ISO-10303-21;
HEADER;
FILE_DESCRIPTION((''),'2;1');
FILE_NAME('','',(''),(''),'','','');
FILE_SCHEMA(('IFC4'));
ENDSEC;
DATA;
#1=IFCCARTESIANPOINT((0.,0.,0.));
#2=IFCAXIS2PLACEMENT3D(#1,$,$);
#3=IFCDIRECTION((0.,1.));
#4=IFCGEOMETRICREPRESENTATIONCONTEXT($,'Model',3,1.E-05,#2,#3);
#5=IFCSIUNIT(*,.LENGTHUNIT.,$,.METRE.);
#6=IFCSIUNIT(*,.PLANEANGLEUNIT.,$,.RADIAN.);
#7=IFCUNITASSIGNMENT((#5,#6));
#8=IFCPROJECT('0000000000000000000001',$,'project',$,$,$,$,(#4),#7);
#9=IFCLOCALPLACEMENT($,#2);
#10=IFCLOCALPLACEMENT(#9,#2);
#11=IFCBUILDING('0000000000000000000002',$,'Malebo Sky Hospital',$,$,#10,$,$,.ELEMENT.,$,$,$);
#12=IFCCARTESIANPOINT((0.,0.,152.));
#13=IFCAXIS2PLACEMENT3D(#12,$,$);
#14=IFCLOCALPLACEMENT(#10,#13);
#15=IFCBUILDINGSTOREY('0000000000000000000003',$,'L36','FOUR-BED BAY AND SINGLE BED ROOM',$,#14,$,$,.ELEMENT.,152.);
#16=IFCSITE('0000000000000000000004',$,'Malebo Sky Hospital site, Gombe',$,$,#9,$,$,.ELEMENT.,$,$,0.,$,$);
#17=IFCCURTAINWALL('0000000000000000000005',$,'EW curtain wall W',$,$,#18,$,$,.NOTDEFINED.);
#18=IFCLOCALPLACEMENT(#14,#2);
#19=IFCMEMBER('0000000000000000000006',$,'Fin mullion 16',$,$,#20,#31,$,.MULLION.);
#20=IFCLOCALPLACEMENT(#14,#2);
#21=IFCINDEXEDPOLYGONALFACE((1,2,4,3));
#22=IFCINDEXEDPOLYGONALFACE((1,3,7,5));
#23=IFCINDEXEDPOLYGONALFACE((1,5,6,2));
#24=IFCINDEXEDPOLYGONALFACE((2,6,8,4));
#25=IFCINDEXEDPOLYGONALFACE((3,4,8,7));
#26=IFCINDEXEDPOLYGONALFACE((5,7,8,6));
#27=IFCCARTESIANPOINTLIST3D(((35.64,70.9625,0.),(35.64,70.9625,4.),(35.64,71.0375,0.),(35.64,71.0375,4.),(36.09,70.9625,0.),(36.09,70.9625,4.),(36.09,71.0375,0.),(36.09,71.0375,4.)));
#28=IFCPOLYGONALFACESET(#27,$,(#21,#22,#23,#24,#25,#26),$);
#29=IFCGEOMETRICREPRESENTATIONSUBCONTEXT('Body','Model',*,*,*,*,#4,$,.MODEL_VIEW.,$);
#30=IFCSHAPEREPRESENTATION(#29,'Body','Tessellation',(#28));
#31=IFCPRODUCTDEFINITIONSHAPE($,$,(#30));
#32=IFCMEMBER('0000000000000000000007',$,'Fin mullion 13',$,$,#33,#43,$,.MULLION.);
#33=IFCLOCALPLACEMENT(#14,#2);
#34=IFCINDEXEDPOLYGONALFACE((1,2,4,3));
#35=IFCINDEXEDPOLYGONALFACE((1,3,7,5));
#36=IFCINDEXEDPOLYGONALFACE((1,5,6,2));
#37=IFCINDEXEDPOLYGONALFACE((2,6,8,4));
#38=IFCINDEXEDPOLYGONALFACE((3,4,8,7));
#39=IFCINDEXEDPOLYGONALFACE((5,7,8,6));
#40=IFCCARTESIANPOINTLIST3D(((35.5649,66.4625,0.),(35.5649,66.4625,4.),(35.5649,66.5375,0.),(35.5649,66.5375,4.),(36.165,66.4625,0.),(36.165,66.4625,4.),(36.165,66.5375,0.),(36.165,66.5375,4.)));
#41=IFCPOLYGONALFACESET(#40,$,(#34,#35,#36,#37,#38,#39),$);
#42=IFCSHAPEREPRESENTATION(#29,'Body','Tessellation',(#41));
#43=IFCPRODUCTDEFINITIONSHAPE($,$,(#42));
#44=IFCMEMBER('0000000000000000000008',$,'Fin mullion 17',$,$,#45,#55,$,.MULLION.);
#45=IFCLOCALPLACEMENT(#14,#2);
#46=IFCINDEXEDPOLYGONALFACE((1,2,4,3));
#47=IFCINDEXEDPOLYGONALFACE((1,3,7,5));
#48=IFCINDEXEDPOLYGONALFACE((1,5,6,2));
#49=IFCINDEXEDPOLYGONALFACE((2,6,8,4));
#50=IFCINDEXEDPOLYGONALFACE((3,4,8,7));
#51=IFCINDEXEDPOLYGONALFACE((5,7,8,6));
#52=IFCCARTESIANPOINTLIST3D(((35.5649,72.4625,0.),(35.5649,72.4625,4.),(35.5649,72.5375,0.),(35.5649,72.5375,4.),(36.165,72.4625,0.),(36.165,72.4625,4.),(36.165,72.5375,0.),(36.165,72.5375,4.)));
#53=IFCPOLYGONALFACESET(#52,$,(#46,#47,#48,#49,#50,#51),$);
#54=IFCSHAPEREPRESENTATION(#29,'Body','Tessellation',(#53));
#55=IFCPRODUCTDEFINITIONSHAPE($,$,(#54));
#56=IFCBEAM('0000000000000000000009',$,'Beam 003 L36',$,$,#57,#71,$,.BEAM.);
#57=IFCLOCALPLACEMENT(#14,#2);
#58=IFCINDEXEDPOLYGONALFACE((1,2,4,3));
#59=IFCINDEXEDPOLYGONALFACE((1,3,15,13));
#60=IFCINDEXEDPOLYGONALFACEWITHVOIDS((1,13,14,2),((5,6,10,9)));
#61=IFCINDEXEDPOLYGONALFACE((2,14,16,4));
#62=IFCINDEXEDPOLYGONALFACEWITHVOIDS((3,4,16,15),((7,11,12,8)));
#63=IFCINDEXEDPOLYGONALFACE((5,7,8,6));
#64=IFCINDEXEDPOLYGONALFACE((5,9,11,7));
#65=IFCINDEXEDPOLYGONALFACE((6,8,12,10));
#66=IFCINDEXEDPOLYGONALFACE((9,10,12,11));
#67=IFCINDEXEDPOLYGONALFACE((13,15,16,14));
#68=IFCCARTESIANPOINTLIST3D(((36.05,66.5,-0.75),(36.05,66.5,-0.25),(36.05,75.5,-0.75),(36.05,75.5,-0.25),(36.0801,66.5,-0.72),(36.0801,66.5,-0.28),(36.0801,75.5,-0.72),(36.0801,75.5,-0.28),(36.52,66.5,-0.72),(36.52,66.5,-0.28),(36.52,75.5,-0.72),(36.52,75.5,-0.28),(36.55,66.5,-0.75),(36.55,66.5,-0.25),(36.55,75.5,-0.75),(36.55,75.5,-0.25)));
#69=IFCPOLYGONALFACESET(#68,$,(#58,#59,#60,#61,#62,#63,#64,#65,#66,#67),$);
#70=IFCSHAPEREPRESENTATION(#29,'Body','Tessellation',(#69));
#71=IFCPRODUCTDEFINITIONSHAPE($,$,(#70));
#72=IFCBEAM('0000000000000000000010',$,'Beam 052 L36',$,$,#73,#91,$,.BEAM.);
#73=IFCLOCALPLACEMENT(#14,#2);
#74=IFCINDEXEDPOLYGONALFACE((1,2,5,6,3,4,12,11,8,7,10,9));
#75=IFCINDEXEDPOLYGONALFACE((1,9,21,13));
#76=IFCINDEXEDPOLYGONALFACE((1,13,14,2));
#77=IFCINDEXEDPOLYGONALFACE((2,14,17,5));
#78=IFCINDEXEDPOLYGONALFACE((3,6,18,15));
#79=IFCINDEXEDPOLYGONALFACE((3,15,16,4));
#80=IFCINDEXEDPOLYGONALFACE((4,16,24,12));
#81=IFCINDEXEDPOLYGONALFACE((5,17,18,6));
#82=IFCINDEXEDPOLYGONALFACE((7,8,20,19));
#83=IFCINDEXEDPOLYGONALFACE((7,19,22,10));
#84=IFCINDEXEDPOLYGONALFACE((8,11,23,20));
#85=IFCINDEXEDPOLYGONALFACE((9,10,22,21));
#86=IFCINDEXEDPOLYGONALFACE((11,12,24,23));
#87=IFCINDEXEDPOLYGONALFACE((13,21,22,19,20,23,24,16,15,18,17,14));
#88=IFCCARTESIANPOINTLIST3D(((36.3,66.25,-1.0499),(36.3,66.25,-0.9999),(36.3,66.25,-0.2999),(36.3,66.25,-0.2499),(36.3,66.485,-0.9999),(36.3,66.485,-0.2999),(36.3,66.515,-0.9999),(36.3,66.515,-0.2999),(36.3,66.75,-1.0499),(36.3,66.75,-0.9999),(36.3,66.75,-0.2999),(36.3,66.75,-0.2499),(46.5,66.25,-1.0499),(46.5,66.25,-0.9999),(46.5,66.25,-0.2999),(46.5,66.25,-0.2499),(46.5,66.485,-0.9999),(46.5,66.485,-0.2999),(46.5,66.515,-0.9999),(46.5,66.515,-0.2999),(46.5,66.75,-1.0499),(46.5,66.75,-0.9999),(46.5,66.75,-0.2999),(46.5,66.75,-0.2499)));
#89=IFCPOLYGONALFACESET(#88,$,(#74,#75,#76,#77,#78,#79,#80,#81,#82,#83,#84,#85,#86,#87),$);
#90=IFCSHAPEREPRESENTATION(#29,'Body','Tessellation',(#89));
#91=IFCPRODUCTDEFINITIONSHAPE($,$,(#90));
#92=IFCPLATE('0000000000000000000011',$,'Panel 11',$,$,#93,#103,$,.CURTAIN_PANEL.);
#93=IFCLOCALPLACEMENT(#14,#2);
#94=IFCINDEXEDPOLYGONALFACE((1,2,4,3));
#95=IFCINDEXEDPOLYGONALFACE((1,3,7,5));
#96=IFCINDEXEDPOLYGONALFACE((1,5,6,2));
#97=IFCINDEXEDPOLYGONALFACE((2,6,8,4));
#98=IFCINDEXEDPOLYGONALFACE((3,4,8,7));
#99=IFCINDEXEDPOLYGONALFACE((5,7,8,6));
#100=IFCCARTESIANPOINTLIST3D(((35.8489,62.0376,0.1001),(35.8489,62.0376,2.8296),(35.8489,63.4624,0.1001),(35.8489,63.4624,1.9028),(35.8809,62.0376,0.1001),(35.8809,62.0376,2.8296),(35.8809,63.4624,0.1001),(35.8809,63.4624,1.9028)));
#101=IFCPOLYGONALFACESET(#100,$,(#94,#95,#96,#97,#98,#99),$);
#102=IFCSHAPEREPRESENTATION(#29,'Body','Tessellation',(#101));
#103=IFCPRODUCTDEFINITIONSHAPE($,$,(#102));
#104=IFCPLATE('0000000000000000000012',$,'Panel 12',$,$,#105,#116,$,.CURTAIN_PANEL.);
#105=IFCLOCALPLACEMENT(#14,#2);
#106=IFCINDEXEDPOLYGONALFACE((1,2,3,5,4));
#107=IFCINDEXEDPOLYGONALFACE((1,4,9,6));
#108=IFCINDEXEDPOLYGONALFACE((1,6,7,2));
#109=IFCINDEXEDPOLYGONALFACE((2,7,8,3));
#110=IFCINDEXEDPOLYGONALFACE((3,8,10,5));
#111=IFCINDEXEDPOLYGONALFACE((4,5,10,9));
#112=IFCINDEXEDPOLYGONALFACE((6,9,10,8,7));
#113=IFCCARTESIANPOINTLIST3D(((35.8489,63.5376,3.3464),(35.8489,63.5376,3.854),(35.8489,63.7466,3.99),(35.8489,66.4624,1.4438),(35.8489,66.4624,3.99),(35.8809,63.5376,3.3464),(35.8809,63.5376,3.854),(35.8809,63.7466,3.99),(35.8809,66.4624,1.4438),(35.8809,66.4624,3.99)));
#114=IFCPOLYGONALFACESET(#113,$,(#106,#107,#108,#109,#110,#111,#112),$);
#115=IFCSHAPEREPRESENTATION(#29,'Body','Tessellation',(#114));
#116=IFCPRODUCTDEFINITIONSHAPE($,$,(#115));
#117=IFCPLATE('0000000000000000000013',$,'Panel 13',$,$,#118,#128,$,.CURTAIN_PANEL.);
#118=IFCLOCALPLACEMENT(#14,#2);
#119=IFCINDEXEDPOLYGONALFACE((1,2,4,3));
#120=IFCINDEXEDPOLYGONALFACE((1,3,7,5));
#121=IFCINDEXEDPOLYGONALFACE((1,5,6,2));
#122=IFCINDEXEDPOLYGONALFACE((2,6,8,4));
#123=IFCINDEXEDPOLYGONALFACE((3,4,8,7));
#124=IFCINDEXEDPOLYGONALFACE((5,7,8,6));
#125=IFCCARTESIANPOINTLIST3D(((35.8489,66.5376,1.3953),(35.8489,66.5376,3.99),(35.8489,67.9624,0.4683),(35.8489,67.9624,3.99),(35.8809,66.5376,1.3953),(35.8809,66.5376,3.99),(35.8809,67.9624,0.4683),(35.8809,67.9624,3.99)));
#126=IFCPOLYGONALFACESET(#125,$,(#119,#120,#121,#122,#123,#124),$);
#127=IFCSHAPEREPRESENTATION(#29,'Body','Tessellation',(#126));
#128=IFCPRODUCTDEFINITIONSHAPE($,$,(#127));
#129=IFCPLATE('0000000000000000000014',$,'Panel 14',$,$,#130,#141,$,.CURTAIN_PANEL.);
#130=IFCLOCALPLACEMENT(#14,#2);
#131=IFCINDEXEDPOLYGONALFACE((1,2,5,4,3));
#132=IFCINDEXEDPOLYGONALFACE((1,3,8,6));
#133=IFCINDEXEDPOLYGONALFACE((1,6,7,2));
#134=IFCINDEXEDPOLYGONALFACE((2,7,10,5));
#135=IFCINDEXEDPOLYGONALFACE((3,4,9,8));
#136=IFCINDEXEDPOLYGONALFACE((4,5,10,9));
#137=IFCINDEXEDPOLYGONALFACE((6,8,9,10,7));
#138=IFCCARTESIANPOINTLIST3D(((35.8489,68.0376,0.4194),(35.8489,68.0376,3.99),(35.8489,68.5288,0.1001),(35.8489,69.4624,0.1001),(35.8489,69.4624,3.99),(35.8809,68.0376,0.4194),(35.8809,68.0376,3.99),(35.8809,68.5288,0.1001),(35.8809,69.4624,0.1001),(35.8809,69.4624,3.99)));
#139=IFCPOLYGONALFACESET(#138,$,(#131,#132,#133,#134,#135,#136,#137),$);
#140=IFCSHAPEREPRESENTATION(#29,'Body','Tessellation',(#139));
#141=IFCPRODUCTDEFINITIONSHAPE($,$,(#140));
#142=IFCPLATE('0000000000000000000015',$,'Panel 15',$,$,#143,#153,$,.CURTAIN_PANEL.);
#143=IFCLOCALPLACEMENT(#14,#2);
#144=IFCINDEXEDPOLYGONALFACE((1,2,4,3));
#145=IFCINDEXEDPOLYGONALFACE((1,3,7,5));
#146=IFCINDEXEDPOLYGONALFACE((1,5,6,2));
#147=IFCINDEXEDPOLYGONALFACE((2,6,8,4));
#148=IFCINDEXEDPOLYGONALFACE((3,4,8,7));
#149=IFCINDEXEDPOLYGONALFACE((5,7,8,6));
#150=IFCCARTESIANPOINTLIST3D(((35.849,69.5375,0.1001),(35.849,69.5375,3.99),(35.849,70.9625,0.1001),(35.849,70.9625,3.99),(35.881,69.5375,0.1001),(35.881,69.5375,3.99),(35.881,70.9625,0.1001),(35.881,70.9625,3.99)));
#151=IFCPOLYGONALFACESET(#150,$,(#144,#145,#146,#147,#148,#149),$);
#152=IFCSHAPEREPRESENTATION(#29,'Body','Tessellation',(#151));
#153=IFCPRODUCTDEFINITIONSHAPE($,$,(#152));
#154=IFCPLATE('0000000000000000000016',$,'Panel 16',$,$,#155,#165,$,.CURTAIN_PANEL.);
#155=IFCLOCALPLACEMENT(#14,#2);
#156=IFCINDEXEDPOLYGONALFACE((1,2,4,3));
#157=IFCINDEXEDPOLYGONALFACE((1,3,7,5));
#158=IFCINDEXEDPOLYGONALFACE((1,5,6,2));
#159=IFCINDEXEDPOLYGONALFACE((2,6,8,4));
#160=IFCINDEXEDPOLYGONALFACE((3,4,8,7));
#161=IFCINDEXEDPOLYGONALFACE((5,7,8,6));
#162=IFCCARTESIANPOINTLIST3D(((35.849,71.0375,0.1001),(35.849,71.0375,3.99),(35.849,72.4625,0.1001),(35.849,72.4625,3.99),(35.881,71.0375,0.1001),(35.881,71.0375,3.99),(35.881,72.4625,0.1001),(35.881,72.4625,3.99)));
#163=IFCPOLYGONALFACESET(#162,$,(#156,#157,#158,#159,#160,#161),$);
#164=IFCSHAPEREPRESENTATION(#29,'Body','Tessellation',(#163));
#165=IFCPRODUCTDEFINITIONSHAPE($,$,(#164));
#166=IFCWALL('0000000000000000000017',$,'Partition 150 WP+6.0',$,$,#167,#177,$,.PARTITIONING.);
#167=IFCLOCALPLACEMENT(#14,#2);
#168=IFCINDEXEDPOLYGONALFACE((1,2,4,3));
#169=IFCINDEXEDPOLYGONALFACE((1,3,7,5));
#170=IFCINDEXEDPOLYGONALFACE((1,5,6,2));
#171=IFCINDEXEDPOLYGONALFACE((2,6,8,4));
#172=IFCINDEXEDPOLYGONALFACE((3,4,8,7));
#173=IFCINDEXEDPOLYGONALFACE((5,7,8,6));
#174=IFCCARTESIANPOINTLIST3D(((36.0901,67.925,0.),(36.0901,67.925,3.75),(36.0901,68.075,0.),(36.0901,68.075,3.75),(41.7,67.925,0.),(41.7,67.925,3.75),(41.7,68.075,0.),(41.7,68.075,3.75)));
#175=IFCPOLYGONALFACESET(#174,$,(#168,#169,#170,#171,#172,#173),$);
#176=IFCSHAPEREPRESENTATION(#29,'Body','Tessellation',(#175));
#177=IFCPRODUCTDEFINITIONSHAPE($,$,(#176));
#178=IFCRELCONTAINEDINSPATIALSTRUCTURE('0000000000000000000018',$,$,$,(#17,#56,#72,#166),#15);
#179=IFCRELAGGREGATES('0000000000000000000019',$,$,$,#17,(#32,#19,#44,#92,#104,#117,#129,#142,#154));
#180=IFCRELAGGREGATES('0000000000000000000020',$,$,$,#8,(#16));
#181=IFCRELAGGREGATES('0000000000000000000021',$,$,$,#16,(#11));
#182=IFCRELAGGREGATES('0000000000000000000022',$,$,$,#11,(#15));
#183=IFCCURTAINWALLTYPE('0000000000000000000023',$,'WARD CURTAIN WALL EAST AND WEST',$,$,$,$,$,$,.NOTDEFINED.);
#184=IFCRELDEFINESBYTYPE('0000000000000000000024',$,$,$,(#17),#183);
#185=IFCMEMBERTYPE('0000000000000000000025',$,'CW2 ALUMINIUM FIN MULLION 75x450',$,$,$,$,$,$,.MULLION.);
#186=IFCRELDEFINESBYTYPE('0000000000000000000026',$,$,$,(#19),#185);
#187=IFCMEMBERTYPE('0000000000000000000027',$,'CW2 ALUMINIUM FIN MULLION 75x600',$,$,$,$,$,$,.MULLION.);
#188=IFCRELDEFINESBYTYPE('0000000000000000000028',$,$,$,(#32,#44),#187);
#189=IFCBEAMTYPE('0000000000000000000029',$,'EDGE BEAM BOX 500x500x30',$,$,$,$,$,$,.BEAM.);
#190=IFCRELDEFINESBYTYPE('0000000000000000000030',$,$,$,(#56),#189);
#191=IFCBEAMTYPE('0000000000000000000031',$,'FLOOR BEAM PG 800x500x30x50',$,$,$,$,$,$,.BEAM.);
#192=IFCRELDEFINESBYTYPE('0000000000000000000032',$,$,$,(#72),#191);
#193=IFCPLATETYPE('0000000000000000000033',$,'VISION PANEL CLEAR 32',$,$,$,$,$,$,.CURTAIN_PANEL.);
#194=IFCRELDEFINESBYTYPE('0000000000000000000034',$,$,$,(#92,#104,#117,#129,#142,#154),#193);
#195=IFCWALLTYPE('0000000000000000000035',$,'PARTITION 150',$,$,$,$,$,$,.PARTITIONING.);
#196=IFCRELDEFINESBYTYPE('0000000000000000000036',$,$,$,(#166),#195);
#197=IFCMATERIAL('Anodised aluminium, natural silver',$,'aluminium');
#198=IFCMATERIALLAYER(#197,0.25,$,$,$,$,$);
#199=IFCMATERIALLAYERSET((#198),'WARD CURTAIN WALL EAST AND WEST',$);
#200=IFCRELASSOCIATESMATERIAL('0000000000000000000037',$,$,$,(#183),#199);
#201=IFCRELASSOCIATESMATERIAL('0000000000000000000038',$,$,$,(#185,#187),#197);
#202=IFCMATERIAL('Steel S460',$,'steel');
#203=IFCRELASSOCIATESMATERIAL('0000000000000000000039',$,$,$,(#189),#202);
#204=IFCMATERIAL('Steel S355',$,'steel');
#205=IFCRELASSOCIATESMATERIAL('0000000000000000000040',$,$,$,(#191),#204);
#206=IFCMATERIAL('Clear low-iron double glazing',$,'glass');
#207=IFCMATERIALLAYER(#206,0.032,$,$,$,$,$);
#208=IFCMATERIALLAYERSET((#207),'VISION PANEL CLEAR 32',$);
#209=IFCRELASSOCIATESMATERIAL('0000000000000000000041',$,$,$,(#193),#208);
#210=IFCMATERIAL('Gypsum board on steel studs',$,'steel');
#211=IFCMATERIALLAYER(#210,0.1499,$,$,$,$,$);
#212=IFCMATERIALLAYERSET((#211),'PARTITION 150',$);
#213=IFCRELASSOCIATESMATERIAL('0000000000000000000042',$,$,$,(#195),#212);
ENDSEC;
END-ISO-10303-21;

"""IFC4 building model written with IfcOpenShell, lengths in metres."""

from ifc_helpers import new_model, si_unit, direction, frame, frame_2d, origin, origin_2d, place, context, subcontext, project, spatial, polyline, rectangle, hollow_rectangle, i_section, outline, extrude, material, layer, layer_set, material_profile, profile_set, type_object, element, aggregate, save


model = new_model("IFC4")

# Units and contexts
model_context = context("Model", 3, precision=1e-05, world=origin(), true_north=direction((0.0, 1.0)))
body_context = subcontext(model_context, "Body", "Model", "MODEL_VIEW")
ifc_project = project(units=[si_unit("LENGTHUNIT", "METRE"), si_unit("PLANEANGLEUNIT", "RADIAN")], contexts=[model_context])

# Site, building, storey
site_placement = place(None, origin())
site = spatial("IfcSite", under=ifc_project, at=site_placement, Name="Malebo Sky Hospital site, Gombe", CompositionType="ELEMENT", RefElevation=0.0)
building_placement = place(site_placement, origin())
building = spatial("IfcBuilding", under=site, at=building_placement, Name="Malebo Sky Hospital", CompositionType="ELEMENT")
storey_placement = place(building_placement, frame((0.0, 0.0, 152.0)))
storey = spatial("IfcBuildingStorey", under=building, at=storey_placement, Name="L36", Description="FOUR-BED BAY AND SINGLE BED ROOM", CompositionType="ELEMENT", Elevation=152.0)

# Shared definitions
ifc_material_1 = material(Name="Steel S460", Category="steel")

# Curtain wall
ifc_material_2 = material(Name="Anodised aluminium, natural silver", Category="aluminium")
ifc_layer_1 = layer(ifc_material_2, 0.25)
ifc_layer_set_1 = layer_set([ifc_layer_1], Name="WARD CURTAIN WALL EAST AND WEST")
curtain_wall_type = type_object("IfcCurtainWallType", Name="WARD CURTAIN WALL EAST AND WEST", PredefinedType="NOTDEFINED", material=ifc_layer_set_1)
curtain_wall_placement = place(storey_placement, origin())
curtain_wall = element("IfcCurtainWall", 1, at=curtain_wall_placement, inside=storey, type_object=curtain_wall_type, Name="EW curtain wall W", PredefinedType="NOTDEFINED")

# Members
ifc_material_3 = material(Name="Steel S355", Category="steel")
ifc_material_profile_1 = material_profile(ifc_material_2, rectangle(XDim=0.075, YDim=0.45, at=origin_2d()), Name="CW2 ALUMINIUM FIN MULLION 75x450")
ifc_profile_set_1 = profile_set([ifc_material_profile_1], Name="Anodised aluminium, natural silver")
member_type_1 = type_object("IfcMemberType", Name="CW2 ALUMINIUM FIN MULLION 75x450", PredefinedType="MULLION", material=ifc_profile_set_1)
member_1_placement = place(storey_placement, frame((35.865, 71.0, 0.0), z_axis=(0.0, 0.0, 1.0), x_axis=(0.0, 1.0, 0.0)))
member_1 = element("IfcMember", 2, at=member_1_placement, type_object=member_type_1, Name="Fin mullion 16", PredefinedType="MULLION", context=body_context, shape_type="SweptSolid", body=[
    extrude(rectangle(XDim=0.075, YDim=0.45, at=origin_2d()), origin(), (0.0, 0.0, 1.0), 4.0),
])
ifc_material_profile_2 = material_profile(ifc_material_2, rectangle(XDim=0.075, YDim=0.6001, at=origin_2d()), Name="CW2 ALUMINIUM FIN MULLION 75x600")
ifc_profile_set_2 = profile_set([ifc_material_profile_2], Name="Anodised aluminium, natural silver")
member_type_2 = type_object("IfcMemberType", Name="CW2 ALUMINIUM FIN MULLION 75x600", PredefinedType="MULLION", material=ifc_profile_set_2)
member_2_placement = place(storey_placement, frame((35.865, 66.5, 0.0), z_axis=(0.0, 0.0, 1.0), x_axis=(0.0, 1.0, 0.0)))
member_2 = element("IfcMember", 3, at=member_2_placement, type_object=member_type_2, Name="Fin mullion 13", PredefinedType="MULLION", context=body_context, shape_type="SweptSolid", body=[
    extrude(rectangle(XDim=0.075, YDim=0.6001, at=origin_2d()), origin(), (0.0, 0.0, 1.0), 4.0),
])
member_3_placement = place(storey_placement, frame((35.865, 72.5, 0.0), z_axis=(0.0, 0.0, 1.0), x_axis=(0.0, 1.0, 0.0)))
member_3 = element("IfcMember", 4, at=member_3_placement, type_object=member_type_2, Name="Fin mullion 17", PredefinedType="MULLION", context=body_context, shape_type="SweptSolid", body=[
    extrude(rectangle(XDim=0.075, YDim=0.6001, at=origin_2d()), origin(), (0.0, 0.0, 1.0), 4.0),
])

# Beams
ifc_material_profile_3 = material_profile(ifc_material_1, hollow_rectangle(XDim=0.5, YDim=0.5, WallThickness=0.03, at=origin_2d()), Name="BOX 500x500x30")
ifc_profile_set_3 = profile_set([ifc_material_profile_3], Name="Steel S460")
beam_type_1 = type_object("IfcBeamType", Name="EDGE BEAM BOX 500x500x30", PredefinedType="BEAM", material=ifc_profile_set_3)
beam_1_placement = place(storey_placement, frame((36.3, 66.5, -0.5), z_axis=(0.0, 1.0, 0.0), x_axis=(-1.0, 0.0, 0.0)))
element("IfcBeam", 5, at=beam_1_placement, inside=storey, type_object=beam_type_1, Name="Beam 003 L36", PredefinedType="BEAM", context=body_context, shape_type="SweptSolid", body=[
    extrude(hollow_rectangle(XDim=0.5, YDim=0.5, WallThickness=0.03, at=origin_2d()), origin(), (0.0, 0.0, 1.0), 9.0),
])
ifc_material_profile_4 = material_profile(ifc_material_3, i_section(OverallWidth=0.5, OverallDepth=0.8, WebThickness=0.03, FlangeThickness=0.05, at=origin_2d()), Name="PG 800x500x30x50")
ifc_profile_set_4 = profile_set([ifc_material_profile_4], Name="Steel S355")
beam_type_2 = type_object("IfcBeamType", Name="FLOOR BEAM PG 800x500x30x50", PredefinedType="BEAM", material=ifc_profile_set_4)
beam_2_placement = place(storey_placement, frame((36.3, 66.5, -0.6499), z_axis=(1.0, 0.0, 0.0), x_axis=(0.0, 1.0, 0.0)))
element("IfcBeam", 6, at=beam_2_placement, inside=storey, type_object=beam_type_2, Name="Beam 052 L36", PredefinedType="BEAM", context=body_context, shape_type="SweptSolid", body=[
    extrude(i_section(OverallWidth=0.5, OverallDepth=0.8, WebThickness=0.03, FlangeThickness=0.05, at=origin_2d()), origin(), (0.0, 0.0, 1.0), 10.2),
])

# Plates
ifc_material_4 = material(Name="Clear low-iron double glazing", Category="glass")
ifc_layer_2 = layer(ifc_material_4, 0.032)
ifc_layer_set_2 = layer_set([ifc_layer_2], Name="VISION PANEL CLEAR 32")
plate_type = type_object("IfcPlateType", Name="VISION PANEL CLEAR 32", PredefinedType="CURTAIN_PANEL", material=ifc_layer_set_2)
plate_1_placement = place(storey_placement, frame((35.865, 62.75, 0.1001), z_axis=(0.0, 0.0, 1.0), x_axis=(0.0, 1.0, 0.0)))
plate_1 = element("IfcPlate", 7, at=plate_1_placement, type_object=plate_type, Name="Panel 11", PredefinedType="CURTAIN_PANEL", context=body_context, shape_type="SweptSolid", body=[
    extrude(outline(polyline([(-0.7124, 0.0), (0.7124, 0.0), (0.7124, 1.8027), (-0.7124, 2.7295), (-0.7124, 0.0)])), frame((0.0, 0.0161, 0.0), z_axis=(0.0, -1.0, 0.0), x_axis=(1.0, 0.0, 0.0)), (0.0, 0.0, 1.0), 0.032),
])
plate_2_placement = place(storey_placement, frame((35.865, 65.0, 1.4438), z_axis=(0.0, 0.0, 1.0), x_axis=(0.0, 1.0, 0.0)))
plate_2 = element("IfcPlate", 8, at=plate_2_placement, type_object=plate_type, Name="Panel 12", PredefinedType="CURTAIN_PANEL", context=body_context, shape_type="SweptSolid", body=[
    extrude(outline(polyline([(1.4624, 0.0), (1.4624, 2.5461), (-1.2534, 2.5461), (-1.4624, 2.4102), (-1.4624, 1.9026), (1.4624, 0.0)])), frame((0.0, 0.0161, 0.0), z_axis=(0.0, -1.0, 0.0), x_axis=(1.0, 0.0, 0.0)), (0.0, 0.0, 1.0), 0.032),
])
plate_3_placement = place(storey_placement, frame((35.865, 67.25, 0.4683), z_axis=(0.0, 0.0, 1.0), x_axis=(0.0, 1.0, 0.0)))
plate_3 = element("IfcPlate", 9, at=plate_3_placement, type_object=plate_type, Name="Panel 13", PredefinedType="CURTAIN_PANEL", context=body_context, shape_type="SweptSolid", body=[
    extrude(outline(polyline([(0.7124, 0.0), (0.7124, 3.5217), (-0.7124, 3.5217), (-0.7124, 0.927), (0.7124, 0.0)])), frame((0.0, 0.0161, 0.0), z_axis=(0.0, -1.0, 0.0), x_axis=(1.0, 0.0, 0.0)), (0.0, 0.0, 1.0), 0.032),
])
plate_4_placement = place(storey_placement, frame((35.865, 68.75, 0.1001), z_axis=(0.0, 0.0, 1.0), x_axis=(0.0, 1.0, 0.0)))
plate_4 = element("IfcPlate", 10, at=plate_4_placement, type_object=plate_type, Name="Panel 14", PredefinedType="CURTAIN_PANEL", context=body_context, shape_type="SweptSolid", body=[
    extrude(outline(polyline([(-0.2212, 0.0), (0.7124, 0.0), (0.7124, 3.8899), (-0.7124, 3.8899), (-0.7124, 0.3193), (-0.2212, 0.0)])), frame((0.0, 0.0161, 0.0), z_axis=(0.0, -1.0, 0.0), x_axis=(1.0, 0.0, 0.0)), (0.0, 0.0, 1.0), 0.032),
])
plate_5_placement = place(storey_placement, frame((35.865, 70.25, 0.1001), z_axis=(0.0, 0.0, 1.0), x_axis=(0.0, 1.0, 0.0)))
plate_5 = element("IfcPlate", 11, at=plate_5_placement, type_object=plate_type, Name="Panel 15", PredefinedType="CURTAIN_PANEL", context=body_context, shape_type="SweptSolid", body=[
    extrude(rectangle(XDim=1.425, YDim=0.032, at=origin_2d()), origin(), (0.0, 0.0, 1.0), 3.8899),
])
plate_6_placement = place(storey_placement, frame((35.865, 71.75, 0.1001), z_axis=(0.0, 0.0, 1.0), x_axis=(0.0, 1.0, 0.0)))
plate_6 = element("IfcPlate", 12, at=plate_6_placement, type_object=plate_type, Name="Panel 16", PredefinedType="CURTAIN_PANEL", context=body_context, shape_type="SweptSolid", body=[
    extrude(rectangle(XDim=1.425, YDim=0.032, at=origin_2d()), origin(), (0.0, 0.0, 1.0), 3.8899),
])
aggregate(curtain_wall, [member_2, member_1, member_3, plate_1, plate_2, plate_3, plate_4, plate_5, plate_6])

# Wall
ifc_material_5 = material(Name="Gypsum board on steel studs", Category="steel")
ifc_layer_3 = layer(ifc_material_5, 0.1499)
ifc_layer_set_3 = layer_set([ifc_layer_3], Name="PARTITION 150")
wall_type_1 = type_object("IfcWallType", Name="PARTITION 150", PredefinedType="PARTITIONING", material=ifc_layer_set_3)
wall_1_placement = place(storey_placement, frame((41.7, 68.0, 0.0), z_axis=(0.0, 0.0, 1.0), x_axis=(-1.0, 0.0, 0.0)))
element("IfcWall", 13, at=wall_1_placement, inside=storey, type_object=wall_type_1, Name="Partition 150 WP+6.0", PredefinedType="PARTITIONING", context=body_context, shape_type="SweptSolid", body=[
    extrude(rectangle(XDim=5.6099, YDim=0.1499, at=frame_2d((2.8049, 0.0))), origin(), (0.0, 0.0, 1.0), 3.75),
])

save(model, "model.ifc")
